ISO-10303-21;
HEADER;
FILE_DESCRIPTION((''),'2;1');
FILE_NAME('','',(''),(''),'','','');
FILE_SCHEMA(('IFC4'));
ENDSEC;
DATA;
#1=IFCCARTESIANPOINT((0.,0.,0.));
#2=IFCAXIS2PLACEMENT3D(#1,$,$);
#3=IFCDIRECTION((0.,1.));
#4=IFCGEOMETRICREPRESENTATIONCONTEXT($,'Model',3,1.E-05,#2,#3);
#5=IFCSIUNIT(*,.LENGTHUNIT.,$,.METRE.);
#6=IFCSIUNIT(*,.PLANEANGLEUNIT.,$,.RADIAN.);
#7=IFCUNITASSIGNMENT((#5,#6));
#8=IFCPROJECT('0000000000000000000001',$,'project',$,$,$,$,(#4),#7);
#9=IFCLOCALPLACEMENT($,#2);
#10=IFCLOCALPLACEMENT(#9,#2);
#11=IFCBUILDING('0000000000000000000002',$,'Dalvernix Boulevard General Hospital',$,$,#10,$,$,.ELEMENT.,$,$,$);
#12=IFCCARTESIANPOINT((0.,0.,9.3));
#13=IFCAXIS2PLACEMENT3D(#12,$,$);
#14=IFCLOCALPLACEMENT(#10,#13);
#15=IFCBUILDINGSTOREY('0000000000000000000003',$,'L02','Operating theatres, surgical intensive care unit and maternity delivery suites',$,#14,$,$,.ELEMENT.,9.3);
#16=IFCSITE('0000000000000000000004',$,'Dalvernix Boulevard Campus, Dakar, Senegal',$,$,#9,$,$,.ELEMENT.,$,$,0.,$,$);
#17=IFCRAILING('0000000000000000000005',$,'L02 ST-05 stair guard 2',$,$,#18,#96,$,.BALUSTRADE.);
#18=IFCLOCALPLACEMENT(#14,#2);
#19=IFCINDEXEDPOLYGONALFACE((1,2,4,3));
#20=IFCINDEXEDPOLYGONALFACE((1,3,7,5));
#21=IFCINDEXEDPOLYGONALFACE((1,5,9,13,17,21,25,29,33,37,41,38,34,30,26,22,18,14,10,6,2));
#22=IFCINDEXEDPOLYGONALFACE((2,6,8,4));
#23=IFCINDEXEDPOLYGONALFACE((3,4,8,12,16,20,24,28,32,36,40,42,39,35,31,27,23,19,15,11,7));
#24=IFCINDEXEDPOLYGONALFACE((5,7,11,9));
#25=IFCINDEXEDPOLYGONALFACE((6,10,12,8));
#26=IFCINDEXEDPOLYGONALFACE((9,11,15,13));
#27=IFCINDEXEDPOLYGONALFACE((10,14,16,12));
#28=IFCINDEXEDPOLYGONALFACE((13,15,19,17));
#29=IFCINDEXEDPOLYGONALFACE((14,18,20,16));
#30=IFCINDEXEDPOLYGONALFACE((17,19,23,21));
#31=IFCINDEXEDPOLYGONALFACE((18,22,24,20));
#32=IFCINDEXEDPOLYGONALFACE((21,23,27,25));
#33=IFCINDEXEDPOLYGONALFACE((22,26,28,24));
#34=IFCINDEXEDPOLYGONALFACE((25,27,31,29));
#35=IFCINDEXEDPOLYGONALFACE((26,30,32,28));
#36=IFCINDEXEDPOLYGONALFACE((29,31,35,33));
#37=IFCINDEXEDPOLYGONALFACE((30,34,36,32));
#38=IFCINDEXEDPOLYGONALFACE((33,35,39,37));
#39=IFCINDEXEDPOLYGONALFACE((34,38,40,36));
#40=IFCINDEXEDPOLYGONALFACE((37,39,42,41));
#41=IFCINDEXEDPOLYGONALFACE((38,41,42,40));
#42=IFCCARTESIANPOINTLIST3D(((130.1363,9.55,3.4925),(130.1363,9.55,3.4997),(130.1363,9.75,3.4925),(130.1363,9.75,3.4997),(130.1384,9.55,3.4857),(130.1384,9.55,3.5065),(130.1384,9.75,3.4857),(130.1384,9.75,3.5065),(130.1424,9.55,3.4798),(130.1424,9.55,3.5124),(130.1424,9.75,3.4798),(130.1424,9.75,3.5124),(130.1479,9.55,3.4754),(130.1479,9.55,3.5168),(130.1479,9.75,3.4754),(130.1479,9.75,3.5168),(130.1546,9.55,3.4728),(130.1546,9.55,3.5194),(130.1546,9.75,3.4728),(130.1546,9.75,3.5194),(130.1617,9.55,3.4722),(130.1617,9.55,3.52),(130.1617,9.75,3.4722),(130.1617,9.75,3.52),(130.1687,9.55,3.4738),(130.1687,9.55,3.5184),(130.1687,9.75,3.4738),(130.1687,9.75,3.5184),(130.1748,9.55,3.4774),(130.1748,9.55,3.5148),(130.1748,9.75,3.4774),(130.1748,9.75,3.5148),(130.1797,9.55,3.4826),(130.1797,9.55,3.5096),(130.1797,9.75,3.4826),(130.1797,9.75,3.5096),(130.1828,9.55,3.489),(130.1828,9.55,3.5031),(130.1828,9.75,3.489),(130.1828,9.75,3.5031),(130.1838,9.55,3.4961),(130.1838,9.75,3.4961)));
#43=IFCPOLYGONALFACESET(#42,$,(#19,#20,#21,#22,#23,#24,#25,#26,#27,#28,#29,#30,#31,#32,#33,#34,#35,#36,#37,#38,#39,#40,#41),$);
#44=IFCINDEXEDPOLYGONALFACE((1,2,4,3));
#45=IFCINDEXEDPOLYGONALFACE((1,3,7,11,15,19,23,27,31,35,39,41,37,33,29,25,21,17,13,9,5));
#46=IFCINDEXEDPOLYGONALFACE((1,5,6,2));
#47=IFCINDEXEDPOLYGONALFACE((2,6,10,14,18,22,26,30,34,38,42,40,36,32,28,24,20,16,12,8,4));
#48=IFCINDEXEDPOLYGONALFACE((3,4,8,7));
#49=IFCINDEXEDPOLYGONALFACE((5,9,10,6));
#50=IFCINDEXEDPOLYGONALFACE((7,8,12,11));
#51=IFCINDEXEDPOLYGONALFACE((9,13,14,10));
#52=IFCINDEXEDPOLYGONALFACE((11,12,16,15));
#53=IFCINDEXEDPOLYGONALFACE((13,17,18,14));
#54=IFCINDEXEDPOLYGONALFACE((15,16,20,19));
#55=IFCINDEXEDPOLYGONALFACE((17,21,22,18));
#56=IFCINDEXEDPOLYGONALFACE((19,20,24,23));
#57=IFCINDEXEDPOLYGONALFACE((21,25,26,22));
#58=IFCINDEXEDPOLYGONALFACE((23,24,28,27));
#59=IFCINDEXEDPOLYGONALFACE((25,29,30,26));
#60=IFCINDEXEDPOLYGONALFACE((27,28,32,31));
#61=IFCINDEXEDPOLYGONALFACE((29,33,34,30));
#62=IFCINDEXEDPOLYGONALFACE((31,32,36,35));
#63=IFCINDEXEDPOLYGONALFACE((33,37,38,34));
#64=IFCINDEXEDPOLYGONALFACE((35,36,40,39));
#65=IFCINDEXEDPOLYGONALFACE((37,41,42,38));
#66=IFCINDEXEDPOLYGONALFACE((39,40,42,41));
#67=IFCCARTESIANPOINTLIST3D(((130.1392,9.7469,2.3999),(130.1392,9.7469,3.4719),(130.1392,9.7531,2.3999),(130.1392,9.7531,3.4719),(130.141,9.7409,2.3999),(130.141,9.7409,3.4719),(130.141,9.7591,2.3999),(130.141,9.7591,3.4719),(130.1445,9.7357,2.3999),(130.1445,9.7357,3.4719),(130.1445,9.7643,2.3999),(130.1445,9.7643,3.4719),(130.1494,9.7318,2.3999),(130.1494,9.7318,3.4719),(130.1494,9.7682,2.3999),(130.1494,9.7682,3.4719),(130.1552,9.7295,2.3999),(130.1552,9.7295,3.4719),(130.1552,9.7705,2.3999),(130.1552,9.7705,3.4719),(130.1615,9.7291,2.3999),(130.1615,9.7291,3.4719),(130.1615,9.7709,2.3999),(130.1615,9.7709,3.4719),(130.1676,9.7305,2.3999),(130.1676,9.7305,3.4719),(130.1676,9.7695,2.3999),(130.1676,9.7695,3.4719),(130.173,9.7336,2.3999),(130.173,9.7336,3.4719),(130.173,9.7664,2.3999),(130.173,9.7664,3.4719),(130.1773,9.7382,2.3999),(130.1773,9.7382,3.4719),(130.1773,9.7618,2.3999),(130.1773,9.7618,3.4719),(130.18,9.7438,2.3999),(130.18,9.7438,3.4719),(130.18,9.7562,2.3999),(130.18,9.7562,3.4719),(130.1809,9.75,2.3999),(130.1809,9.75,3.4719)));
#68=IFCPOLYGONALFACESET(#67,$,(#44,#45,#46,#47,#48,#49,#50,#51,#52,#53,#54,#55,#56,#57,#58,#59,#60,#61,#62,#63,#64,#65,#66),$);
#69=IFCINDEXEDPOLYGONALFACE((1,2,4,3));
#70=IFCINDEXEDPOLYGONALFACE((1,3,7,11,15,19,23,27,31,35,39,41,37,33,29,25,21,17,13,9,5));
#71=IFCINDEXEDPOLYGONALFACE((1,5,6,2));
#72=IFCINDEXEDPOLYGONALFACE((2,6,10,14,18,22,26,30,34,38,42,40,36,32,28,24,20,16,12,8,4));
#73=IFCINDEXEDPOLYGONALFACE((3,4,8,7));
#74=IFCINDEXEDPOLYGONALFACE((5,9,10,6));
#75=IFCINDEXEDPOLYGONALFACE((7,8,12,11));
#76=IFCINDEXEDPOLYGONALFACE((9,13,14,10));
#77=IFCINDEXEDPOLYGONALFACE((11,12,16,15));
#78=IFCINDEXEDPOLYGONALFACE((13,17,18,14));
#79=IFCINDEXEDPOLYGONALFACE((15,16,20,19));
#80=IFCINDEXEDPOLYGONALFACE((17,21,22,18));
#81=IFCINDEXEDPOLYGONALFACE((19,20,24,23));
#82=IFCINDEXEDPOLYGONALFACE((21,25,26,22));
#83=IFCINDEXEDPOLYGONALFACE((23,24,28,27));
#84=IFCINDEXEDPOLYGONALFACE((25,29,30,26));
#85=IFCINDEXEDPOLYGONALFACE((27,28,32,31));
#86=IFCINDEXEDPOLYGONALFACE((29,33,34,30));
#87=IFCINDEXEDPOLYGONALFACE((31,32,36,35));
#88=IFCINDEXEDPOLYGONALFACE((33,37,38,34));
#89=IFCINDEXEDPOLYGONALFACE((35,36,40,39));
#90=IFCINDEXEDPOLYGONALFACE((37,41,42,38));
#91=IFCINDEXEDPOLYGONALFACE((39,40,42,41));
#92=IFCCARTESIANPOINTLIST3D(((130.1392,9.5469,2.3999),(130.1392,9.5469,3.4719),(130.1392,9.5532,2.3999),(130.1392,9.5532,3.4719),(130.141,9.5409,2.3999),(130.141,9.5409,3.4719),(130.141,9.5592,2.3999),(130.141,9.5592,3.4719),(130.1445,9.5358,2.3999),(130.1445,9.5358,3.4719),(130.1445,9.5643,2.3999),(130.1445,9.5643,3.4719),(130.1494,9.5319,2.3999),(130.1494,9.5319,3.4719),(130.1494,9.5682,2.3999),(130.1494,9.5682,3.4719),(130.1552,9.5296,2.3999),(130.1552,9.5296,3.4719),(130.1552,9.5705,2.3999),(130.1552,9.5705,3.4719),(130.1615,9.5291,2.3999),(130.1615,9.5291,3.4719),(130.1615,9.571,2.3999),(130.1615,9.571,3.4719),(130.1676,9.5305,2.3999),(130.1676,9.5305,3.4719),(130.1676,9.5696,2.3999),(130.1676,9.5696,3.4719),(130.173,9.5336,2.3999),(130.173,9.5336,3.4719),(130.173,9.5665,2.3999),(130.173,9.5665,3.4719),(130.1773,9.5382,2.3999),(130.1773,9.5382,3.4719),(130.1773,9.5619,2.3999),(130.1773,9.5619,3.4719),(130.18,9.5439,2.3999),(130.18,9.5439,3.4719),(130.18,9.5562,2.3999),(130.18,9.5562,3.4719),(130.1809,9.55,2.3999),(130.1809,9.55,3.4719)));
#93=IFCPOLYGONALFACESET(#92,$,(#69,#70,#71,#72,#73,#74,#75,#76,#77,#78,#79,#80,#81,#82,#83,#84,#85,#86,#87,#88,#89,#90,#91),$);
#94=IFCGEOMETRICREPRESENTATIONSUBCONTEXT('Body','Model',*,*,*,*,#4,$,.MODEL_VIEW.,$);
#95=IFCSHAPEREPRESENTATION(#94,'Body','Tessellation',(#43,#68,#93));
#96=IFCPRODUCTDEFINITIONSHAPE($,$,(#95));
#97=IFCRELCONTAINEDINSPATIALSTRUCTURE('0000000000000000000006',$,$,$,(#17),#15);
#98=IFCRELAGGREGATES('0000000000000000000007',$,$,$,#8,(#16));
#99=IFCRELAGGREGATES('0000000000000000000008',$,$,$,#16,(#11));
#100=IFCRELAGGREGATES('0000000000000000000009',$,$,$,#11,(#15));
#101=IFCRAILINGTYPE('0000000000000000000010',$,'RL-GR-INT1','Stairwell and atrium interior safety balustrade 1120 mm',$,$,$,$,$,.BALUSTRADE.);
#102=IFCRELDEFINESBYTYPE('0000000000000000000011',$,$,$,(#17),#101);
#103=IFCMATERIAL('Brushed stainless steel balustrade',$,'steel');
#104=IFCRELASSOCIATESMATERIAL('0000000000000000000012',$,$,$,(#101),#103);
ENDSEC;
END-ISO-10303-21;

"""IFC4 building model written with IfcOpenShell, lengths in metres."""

from ifc_helpers import new_model, si_unit, direction, frame, origin, origin_2d, place, context, subcontext, project, spatial, circle, extrude, material, type_object, element, save


model = new_model("IFC4")

# Units and contexts
model_context = context("Model", 3, precision=1e-05, world=origin(), true_north=direction((0.0, 1.0)))
body_context = subcontext(model_context, "Body", "Model", "MODEL_VIEW")
ifc_project = project(units=[si_unit("LENGTHUNIT", "METRE"), si_unit("PLANEANGLEUNIT", "RADIAN")], contexts=[model_context])

# Site, building, storey
site_placement = place(None, origin())
site = spatial("IfcSite", under=ifc_project, at=site_placement, Name="Dalvernix Boulevard Campus, Dakar, Senegal", CompositionType="ELEMENT", RefElevation=0.0)
building_placement = place(site_placement, origin())
building = spatial("IfcBuilding", under=site, at=building_placement, Name="Dalvernix Boulevard General Hospital", CompositionType="ELEMENT")
storey_placement = place(building_placement, frame((0.0, 0.0, 9.3)))
storey = spatial("IfcBuildingStorey", under=building, at=storey_placement, Name="L02", Description="Operating theatres, surgical intensive care unit and maternity delivery suites", CompositionType="ELEMENT", Elevation=9.3)

# Railing
ifc_material_1 = material(Name="Brushed stainless steel balustrade", Category="steel")
railing_type_1 = type_object("IfcRailingType", Name="RL-GR-INT1", Description="Stairwell and atrium interior safety balustrade 1120 mm", PredefinedType="BALUSTRADE", material=ifc_material_1)
railing_1_placement = place(storey_placement, frame((130.1599, 9.75, 2.3999)))
element("IfcRailing", 1, at=railing_1_placement, inside=storey, type_object=railing_type_1, Name="L02 ST-05 stair guard 2", PredefinedType="BALUSTRADE", context=body_context, shape_type="SweptSolid", body=[
    extrude(circle(Radius=0.0239, at=origin_2d()), frame((0.0, 0.0, 1.0962), z_axis=(0.0, -1.0, 0.0), x_axis=(1.0, 0.0, 0.0)), (0.0, 0.0, 1.0), 0.2),
    extrude(circle(Radius=0.021, at=origin_2d()), origin(), (0.0, 0.0, 1.0), 1.072),
    extrude(circle(Radius=0.021, at=origin_2d()), frame((0.0, -0.2, 0.0)), (0.0, 0.0, 1.0), 1.072),
])

save(model, "model.ifc")
